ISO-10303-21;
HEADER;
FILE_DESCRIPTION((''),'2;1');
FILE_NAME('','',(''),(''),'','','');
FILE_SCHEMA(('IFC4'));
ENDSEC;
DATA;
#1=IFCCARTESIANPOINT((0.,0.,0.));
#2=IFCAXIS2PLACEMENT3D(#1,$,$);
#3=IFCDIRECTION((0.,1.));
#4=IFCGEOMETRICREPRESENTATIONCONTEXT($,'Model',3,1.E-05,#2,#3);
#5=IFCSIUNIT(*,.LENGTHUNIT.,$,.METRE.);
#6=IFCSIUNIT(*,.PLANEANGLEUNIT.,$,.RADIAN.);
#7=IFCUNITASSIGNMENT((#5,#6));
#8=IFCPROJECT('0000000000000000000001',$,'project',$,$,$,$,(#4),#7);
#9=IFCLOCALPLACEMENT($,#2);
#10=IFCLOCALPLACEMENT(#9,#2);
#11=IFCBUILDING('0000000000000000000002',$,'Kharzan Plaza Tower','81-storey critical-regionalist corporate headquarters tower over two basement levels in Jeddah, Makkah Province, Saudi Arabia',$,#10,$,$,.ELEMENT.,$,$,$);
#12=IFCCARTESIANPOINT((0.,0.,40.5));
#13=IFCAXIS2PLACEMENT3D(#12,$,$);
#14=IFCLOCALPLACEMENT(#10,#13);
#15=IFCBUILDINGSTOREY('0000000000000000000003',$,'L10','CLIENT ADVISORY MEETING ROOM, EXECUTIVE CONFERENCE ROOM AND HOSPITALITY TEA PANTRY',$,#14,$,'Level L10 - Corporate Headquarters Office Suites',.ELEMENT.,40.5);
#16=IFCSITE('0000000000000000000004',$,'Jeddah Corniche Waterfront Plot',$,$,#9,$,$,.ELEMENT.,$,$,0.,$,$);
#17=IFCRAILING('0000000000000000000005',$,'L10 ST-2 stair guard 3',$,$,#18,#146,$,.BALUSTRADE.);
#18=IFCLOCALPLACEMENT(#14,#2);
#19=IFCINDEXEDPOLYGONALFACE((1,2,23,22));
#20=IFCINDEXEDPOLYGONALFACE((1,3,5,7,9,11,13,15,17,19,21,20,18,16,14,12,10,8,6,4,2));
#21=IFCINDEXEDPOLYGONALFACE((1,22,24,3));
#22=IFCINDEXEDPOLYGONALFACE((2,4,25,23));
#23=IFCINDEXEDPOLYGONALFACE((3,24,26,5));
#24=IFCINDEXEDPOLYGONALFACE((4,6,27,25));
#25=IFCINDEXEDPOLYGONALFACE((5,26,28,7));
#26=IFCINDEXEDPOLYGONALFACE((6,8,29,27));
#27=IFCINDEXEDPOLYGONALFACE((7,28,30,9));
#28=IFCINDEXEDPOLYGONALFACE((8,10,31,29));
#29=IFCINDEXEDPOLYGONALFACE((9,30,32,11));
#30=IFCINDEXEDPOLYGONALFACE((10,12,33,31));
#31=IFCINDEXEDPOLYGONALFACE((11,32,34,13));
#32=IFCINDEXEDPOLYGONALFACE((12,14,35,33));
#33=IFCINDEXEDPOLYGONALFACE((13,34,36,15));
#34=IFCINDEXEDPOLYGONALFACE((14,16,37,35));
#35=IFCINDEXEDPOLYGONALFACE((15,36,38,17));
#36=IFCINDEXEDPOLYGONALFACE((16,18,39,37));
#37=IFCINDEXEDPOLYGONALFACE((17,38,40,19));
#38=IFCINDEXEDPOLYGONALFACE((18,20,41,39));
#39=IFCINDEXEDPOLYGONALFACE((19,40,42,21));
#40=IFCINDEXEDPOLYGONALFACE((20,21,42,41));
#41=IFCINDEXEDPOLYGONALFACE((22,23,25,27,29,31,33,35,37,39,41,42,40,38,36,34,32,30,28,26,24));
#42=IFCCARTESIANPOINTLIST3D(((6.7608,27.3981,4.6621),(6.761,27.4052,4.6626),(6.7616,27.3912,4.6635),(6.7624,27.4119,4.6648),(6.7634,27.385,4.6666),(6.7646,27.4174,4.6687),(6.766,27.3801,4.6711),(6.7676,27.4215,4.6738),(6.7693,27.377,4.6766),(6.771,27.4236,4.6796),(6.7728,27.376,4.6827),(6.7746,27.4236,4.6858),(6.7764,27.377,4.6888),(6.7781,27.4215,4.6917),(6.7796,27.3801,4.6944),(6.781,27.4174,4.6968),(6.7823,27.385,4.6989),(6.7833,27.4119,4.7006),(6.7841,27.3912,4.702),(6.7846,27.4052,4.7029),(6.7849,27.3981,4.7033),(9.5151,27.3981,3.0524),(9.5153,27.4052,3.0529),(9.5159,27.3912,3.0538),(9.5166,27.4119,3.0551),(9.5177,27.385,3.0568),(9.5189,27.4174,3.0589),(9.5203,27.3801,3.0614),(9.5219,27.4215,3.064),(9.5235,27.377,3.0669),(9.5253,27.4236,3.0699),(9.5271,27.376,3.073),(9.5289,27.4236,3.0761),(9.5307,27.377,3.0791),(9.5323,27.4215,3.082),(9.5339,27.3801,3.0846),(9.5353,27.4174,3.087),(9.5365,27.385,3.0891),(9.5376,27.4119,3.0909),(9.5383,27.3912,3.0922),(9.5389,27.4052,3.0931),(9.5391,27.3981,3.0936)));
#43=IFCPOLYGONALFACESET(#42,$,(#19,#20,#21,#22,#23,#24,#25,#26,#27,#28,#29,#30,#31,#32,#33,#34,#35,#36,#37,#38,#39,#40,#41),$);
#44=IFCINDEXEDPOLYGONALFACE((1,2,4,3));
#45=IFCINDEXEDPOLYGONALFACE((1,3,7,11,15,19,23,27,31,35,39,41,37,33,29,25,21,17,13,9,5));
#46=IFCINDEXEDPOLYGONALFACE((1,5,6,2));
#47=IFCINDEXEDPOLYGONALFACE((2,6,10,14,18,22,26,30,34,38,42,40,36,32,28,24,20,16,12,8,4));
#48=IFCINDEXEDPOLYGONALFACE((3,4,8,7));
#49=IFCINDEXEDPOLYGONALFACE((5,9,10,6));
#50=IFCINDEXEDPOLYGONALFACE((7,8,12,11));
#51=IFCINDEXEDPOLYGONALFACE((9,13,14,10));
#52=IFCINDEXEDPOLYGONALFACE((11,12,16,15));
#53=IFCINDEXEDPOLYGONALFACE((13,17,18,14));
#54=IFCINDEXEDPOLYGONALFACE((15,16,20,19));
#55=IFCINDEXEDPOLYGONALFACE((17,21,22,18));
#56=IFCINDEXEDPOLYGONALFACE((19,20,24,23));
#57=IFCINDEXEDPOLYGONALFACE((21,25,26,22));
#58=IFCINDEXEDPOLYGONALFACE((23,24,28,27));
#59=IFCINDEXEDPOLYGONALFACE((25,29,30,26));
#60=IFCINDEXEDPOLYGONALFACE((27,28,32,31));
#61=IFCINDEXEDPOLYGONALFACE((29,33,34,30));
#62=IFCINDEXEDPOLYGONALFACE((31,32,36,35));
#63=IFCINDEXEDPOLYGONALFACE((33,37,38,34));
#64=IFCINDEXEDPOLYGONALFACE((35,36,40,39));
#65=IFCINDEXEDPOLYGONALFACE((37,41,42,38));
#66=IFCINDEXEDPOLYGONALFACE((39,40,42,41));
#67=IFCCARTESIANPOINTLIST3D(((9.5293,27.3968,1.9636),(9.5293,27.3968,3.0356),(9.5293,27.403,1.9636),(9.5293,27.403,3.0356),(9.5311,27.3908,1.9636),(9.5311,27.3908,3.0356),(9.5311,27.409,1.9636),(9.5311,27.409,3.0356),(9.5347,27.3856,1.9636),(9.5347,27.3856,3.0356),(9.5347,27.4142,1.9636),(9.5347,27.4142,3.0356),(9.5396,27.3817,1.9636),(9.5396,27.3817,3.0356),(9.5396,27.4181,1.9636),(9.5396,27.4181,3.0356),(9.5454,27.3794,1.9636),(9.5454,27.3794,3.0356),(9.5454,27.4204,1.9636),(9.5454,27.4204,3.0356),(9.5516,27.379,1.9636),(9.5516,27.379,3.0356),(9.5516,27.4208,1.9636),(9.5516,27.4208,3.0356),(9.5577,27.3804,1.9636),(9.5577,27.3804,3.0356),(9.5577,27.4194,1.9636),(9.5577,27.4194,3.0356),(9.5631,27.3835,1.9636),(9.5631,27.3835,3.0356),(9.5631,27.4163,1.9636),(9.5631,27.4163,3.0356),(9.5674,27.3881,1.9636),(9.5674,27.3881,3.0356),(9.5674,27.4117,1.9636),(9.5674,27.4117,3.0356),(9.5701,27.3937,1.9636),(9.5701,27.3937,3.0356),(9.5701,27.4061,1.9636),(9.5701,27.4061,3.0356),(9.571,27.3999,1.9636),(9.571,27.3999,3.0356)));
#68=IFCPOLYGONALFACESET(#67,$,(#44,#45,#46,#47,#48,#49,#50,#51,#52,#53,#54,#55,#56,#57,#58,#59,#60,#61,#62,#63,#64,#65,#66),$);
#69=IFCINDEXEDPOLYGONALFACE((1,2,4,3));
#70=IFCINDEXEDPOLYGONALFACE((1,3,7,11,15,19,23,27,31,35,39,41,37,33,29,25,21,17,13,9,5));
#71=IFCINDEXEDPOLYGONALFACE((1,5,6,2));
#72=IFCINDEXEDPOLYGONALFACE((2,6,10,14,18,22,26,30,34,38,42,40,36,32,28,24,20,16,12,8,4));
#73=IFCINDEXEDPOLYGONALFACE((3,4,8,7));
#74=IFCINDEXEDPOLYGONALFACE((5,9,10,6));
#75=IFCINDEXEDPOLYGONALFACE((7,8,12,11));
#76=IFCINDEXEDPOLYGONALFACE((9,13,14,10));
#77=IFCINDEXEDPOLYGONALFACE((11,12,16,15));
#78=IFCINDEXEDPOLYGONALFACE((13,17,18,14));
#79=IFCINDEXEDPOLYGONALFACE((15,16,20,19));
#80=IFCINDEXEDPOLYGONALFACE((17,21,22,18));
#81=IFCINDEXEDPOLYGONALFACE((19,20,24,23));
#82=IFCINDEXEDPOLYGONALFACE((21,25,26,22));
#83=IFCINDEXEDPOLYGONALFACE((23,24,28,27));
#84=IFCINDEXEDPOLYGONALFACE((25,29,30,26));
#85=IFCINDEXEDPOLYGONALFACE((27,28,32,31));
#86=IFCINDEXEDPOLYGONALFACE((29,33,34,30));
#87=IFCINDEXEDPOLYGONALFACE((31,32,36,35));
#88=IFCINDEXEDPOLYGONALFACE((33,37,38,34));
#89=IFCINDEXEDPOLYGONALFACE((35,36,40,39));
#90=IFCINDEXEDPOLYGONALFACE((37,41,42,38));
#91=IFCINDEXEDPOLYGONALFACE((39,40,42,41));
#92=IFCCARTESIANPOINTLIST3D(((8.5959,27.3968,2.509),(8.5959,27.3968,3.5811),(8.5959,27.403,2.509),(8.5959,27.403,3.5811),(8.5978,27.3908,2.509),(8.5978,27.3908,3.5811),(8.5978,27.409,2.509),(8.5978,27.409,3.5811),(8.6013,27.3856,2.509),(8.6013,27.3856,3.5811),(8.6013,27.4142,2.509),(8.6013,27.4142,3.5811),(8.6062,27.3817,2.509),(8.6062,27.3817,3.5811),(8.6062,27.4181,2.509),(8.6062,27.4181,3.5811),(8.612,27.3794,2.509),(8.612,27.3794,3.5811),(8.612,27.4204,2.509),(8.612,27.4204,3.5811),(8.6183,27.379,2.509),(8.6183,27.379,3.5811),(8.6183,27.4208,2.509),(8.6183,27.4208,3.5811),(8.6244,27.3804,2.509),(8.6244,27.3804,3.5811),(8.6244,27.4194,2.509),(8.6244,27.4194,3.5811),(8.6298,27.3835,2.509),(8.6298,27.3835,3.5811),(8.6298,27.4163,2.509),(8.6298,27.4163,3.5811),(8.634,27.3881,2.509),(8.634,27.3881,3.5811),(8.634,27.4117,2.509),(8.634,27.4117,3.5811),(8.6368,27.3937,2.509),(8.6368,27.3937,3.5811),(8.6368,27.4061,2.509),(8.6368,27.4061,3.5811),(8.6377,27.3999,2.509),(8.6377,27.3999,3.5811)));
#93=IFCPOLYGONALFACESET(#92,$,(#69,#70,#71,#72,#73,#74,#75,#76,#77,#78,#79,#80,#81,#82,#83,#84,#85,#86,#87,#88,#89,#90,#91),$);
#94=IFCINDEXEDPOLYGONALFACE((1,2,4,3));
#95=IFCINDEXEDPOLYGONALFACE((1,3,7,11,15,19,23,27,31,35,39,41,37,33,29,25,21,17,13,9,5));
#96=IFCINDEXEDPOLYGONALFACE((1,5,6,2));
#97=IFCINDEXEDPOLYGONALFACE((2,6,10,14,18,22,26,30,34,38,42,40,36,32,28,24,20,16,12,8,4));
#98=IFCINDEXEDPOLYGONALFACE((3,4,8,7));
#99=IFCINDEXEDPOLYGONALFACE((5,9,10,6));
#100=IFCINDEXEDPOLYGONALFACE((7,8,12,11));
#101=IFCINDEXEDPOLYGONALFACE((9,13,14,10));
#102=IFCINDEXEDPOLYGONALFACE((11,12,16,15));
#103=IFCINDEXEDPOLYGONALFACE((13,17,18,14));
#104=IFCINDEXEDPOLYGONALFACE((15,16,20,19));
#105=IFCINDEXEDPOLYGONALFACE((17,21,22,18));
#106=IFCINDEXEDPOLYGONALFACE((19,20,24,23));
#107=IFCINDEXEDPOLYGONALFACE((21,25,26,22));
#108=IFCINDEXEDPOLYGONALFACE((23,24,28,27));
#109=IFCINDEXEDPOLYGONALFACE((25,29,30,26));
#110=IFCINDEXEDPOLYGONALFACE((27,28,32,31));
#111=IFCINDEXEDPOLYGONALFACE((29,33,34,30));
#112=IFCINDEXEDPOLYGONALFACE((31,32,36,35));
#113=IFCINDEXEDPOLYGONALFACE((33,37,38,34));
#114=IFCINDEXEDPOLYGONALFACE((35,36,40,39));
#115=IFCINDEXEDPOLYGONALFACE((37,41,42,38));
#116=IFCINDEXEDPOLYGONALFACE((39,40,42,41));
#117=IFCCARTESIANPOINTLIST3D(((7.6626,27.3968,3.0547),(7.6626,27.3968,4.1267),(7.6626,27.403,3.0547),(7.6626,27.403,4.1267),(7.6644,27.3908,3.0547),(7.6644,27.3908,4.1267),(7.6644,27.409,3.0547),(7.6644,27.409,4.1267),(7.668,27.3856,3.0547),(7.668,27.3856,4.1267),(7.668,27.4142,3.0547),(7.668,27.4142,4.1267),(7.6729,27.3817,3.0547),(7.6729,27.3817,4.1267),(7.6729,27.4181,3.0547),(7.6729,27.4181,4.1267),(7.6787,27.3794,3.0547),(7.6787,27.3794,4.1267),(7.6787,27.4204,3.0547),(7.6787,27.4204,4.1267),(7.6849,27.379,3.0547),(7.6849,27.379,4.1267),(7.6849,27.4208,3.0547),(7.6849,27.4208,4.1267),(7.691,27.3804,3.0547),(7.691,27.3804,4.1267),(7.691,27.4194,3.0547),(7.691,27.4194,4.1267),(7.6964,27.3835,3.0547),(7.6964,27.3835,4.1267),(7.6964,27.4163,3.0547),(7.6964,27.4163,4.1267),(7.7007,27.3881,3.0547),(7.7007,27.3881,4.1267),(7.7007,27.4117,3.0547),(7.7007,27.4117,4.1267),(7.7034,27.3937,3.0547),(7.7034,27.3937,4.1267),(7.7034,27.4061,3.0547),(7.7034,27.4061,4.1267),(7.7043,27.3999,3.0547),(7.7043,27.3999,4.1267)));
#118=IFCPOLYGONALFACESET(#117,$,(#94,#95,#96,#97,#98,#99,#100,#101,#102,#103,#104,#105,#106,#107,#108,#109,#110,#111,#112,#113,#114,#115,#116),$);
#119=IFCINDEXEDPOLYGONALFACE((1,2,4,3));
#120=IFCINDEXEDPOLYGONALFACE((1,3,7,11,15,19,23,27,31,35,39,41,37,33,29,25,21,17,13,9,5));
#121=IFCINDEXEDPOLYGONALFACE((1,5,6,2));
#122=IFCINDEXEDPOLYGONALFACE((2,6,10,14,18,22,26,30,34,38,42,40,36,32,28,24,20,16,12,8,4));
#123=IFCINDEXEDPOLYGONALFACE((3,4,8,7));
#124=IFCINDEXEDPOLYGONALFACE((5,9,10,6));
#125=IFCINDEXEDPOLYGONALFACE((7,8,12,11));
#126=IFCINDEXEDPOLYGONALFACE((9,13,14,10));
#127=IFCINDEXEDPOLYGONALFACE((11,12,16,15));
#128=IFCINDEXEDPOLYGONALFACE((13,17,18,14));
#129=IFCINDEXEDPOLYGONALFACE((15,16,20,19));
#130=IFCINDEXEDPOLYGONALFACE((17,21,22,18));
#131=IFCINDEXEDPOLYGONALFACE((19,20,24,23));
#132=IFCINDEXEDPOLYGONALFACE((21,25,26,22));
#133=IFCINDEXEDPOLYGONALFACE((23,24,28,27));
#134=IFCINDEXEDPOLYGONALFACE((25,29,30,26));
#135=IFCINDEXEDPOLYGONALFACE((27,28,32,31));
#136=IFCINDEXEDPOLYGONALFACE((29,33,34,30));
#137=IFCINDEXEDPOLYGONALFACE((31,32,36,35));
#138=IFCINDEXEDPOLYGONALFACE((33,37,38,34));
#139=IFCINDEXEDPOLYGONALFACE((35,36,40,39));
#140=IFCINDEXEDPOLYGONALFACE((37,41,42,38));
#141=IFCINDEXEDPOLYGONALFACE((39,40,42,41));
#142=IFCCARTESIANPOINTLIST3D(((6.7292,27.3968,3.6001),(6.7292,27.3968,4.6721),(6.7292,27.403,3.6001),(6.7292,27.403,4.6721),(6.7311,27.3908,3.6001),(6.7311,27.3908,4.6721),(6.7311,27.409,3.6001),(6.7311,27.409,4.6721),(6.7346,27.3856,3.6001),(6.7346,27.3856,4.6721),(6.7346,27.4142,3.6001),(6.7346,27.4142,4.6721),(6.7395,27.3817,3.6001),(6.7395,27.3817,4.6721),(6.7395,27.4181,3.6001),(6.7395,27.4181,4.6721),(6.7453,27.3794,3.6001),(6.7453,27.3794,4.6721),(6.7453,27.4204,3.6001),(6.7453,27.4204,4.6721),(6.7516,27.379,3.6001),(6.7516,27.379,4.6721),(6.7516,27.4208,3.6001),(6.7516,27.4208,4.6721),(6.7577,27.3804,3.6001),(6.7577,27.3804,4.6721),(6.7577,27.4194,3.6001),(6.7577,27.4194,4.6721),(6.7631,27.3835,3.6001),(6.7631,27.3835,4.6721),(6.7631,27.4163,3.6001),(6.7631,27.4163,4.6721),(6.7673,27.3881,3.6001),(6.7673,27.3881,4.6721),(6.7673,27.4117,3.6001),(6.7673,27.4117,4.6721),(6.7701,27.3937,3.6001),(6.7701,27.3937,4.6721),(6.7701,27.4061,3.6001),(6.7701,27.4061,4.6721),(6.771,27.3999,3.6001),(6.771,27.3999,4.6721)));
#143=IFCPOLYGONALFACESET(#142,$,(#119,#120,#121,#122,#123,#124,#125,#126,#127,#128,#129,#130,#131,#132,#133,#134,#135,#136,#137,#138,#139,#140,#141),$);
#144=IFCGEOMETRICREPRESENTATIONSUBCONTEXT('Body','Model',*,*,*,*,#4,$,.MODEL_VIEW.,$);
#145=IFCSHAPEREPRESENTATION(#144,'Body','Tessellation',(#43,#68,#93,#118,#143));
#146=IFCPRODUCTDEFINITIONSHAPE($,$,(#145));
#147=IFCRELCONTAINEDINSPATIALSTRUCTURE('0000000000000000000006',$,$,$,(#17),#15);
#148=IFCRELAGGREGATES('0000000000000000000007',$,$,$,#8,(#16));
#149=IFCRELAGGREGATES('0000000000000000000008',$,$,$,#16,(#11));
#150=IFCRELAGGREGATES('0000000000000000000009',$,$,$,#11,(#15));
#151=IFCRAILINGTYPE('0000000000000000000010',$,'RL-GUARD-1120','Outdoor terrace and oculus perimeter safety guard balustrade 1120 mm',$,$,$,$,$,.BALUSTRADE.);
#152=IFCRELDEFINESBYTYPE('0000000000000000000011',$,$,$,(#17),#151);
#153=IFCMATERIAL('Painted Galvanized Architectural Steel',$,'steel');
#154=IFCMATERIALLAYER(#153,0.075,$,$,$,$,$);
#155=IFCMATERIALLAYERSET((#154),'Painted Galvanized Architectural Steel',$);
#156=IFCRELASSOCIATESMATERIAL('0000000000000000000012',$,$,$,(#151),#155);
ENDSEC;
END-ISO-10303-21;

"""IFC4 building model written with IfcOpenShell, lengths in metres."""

from ifc_helpers import new_model, si_unit, direction, frame, origin, origin_2d, place, context, subcontext, project, spatial, circle, extrude, source, transform, mapped, material, layer, layer_set, type_object, element, save


model = new_model("IFC4")

# Units and contexts
model_context = context("Model", 3, precision=1e-05, world=origin(), true_north=direction((0.0, 1.0)))
body_context = subcontext(model_context, "Body", "Model", "MODEL_VIEW")
ifc_project = project(units=[si_unit("LENGTHUNIT", "METRE"), si_unit("PLANEANGLEUNIT", "RADIAN")], contexts=[model_context])

# Site, building, storey
site_placement = place(None, origin())
site = spatial("IfcSite", under=ifc_project, at=site_placement, Name="Jeddah Corniche Waterfront Plot", CompositionType="ELEMENT", RefElevation=0.0)
building_placement = place(site_placement, origin())
building = spatial("IfcBuilding", under=site, at=building_placement, Name="Kharzan Plaza Tower", Description="81-storey critical-regionalist corporate headquarters tower over two basement levels in Jeddah, Makkah Province, Saudi Arabia", CompositionType="ELEMENT")
storey_placement = place(building_placement, frame((0.0, 0.0, 40.5)))
storey = spatial("IfcBuildingStorey", under=building, at=storey_placement, Name="L10", Description="CLIENT ADVISORY MEETING ROOM, EXECUTIVE CONFERENCE ROOM AND HOSPITALITY TEA PANTRY", LongName="Level L10 - Corporate Headquarters Office Suites", CompositionType="ELEMENT", Elevation=40.5)

# Railing
ifc_material_1 = material(Name="Painted Galvanized Architectural Steel", Category="steel")
ifc_layer_1 = layer(ifc_material_1, 0.075)
ifc_layer_set_1 = layer_set([ifc_layer_1], Name="Painted Galvanized Architectural Steel")
railing_type_1 = type_object("IfcRailingType", Name="RL-GUARD-1120", Description="Outdoor terrace and oculus perimeter safety guard balustrade 1120 mm", PredefinedType="BALUSTRADE", material=ifc_layer_set_1)
shared_shape_1 = source(origin(), body_context, "Body", "SweptSolid", [
    extrude(circle(Radius=0.0239, at=origin_2d()), frame((-0.0229, 0.0, 1.1094), z_axis=(-0.863361, 0.0, 0.504587), x_axis=(0.0, -1.0, 0.0)), (0.0, 0.0, 1.0), 3.1902),
    extrude(circle(Radius=0.021, at=origin_2d()), origin(), (0.0, 0.0, 1.0), 1.072),
    extrude(circle(Radius=0.021, at=origin_2d()), frame((-0.9333, 0.0, 0.5454)), (0.0, 0.0, 1.0), 1.072),
    extrude(circle(Radius=0.021, at=origin_2d()), frame((-1.8667, 0.0, 1.0911)), (0.0, 0.0, 1.0), 1.072),
    extrude(circle(Radius=0.021, at=origin_2d()), frame((-2.8, 0.0, 1.6365)), (0.0, 0.0, 1.0), 1.072),
])
railing_1_placement = place(storey_placement, frame((9.55, 27.3999, 1.9636)))
element("IfcRailing", 1, at=railing_1_placement, inside=storey, type_object=railing_type_1, Name="L10 ST-2 stair guard 3", PredefinedType="BALUSTRADE", context=body_context, shape_type="MappedRepresentation", body=[
    mapped(shared_shape_1, transform((0.0, 0.0, 0.0), x_axis=(1.0, 0.0, 0.0), y_axis=(0.0, 1.0, 0.0), z_axis=(0.0, 0.0, 1.0))),
])

save(model, "model.ifc")
